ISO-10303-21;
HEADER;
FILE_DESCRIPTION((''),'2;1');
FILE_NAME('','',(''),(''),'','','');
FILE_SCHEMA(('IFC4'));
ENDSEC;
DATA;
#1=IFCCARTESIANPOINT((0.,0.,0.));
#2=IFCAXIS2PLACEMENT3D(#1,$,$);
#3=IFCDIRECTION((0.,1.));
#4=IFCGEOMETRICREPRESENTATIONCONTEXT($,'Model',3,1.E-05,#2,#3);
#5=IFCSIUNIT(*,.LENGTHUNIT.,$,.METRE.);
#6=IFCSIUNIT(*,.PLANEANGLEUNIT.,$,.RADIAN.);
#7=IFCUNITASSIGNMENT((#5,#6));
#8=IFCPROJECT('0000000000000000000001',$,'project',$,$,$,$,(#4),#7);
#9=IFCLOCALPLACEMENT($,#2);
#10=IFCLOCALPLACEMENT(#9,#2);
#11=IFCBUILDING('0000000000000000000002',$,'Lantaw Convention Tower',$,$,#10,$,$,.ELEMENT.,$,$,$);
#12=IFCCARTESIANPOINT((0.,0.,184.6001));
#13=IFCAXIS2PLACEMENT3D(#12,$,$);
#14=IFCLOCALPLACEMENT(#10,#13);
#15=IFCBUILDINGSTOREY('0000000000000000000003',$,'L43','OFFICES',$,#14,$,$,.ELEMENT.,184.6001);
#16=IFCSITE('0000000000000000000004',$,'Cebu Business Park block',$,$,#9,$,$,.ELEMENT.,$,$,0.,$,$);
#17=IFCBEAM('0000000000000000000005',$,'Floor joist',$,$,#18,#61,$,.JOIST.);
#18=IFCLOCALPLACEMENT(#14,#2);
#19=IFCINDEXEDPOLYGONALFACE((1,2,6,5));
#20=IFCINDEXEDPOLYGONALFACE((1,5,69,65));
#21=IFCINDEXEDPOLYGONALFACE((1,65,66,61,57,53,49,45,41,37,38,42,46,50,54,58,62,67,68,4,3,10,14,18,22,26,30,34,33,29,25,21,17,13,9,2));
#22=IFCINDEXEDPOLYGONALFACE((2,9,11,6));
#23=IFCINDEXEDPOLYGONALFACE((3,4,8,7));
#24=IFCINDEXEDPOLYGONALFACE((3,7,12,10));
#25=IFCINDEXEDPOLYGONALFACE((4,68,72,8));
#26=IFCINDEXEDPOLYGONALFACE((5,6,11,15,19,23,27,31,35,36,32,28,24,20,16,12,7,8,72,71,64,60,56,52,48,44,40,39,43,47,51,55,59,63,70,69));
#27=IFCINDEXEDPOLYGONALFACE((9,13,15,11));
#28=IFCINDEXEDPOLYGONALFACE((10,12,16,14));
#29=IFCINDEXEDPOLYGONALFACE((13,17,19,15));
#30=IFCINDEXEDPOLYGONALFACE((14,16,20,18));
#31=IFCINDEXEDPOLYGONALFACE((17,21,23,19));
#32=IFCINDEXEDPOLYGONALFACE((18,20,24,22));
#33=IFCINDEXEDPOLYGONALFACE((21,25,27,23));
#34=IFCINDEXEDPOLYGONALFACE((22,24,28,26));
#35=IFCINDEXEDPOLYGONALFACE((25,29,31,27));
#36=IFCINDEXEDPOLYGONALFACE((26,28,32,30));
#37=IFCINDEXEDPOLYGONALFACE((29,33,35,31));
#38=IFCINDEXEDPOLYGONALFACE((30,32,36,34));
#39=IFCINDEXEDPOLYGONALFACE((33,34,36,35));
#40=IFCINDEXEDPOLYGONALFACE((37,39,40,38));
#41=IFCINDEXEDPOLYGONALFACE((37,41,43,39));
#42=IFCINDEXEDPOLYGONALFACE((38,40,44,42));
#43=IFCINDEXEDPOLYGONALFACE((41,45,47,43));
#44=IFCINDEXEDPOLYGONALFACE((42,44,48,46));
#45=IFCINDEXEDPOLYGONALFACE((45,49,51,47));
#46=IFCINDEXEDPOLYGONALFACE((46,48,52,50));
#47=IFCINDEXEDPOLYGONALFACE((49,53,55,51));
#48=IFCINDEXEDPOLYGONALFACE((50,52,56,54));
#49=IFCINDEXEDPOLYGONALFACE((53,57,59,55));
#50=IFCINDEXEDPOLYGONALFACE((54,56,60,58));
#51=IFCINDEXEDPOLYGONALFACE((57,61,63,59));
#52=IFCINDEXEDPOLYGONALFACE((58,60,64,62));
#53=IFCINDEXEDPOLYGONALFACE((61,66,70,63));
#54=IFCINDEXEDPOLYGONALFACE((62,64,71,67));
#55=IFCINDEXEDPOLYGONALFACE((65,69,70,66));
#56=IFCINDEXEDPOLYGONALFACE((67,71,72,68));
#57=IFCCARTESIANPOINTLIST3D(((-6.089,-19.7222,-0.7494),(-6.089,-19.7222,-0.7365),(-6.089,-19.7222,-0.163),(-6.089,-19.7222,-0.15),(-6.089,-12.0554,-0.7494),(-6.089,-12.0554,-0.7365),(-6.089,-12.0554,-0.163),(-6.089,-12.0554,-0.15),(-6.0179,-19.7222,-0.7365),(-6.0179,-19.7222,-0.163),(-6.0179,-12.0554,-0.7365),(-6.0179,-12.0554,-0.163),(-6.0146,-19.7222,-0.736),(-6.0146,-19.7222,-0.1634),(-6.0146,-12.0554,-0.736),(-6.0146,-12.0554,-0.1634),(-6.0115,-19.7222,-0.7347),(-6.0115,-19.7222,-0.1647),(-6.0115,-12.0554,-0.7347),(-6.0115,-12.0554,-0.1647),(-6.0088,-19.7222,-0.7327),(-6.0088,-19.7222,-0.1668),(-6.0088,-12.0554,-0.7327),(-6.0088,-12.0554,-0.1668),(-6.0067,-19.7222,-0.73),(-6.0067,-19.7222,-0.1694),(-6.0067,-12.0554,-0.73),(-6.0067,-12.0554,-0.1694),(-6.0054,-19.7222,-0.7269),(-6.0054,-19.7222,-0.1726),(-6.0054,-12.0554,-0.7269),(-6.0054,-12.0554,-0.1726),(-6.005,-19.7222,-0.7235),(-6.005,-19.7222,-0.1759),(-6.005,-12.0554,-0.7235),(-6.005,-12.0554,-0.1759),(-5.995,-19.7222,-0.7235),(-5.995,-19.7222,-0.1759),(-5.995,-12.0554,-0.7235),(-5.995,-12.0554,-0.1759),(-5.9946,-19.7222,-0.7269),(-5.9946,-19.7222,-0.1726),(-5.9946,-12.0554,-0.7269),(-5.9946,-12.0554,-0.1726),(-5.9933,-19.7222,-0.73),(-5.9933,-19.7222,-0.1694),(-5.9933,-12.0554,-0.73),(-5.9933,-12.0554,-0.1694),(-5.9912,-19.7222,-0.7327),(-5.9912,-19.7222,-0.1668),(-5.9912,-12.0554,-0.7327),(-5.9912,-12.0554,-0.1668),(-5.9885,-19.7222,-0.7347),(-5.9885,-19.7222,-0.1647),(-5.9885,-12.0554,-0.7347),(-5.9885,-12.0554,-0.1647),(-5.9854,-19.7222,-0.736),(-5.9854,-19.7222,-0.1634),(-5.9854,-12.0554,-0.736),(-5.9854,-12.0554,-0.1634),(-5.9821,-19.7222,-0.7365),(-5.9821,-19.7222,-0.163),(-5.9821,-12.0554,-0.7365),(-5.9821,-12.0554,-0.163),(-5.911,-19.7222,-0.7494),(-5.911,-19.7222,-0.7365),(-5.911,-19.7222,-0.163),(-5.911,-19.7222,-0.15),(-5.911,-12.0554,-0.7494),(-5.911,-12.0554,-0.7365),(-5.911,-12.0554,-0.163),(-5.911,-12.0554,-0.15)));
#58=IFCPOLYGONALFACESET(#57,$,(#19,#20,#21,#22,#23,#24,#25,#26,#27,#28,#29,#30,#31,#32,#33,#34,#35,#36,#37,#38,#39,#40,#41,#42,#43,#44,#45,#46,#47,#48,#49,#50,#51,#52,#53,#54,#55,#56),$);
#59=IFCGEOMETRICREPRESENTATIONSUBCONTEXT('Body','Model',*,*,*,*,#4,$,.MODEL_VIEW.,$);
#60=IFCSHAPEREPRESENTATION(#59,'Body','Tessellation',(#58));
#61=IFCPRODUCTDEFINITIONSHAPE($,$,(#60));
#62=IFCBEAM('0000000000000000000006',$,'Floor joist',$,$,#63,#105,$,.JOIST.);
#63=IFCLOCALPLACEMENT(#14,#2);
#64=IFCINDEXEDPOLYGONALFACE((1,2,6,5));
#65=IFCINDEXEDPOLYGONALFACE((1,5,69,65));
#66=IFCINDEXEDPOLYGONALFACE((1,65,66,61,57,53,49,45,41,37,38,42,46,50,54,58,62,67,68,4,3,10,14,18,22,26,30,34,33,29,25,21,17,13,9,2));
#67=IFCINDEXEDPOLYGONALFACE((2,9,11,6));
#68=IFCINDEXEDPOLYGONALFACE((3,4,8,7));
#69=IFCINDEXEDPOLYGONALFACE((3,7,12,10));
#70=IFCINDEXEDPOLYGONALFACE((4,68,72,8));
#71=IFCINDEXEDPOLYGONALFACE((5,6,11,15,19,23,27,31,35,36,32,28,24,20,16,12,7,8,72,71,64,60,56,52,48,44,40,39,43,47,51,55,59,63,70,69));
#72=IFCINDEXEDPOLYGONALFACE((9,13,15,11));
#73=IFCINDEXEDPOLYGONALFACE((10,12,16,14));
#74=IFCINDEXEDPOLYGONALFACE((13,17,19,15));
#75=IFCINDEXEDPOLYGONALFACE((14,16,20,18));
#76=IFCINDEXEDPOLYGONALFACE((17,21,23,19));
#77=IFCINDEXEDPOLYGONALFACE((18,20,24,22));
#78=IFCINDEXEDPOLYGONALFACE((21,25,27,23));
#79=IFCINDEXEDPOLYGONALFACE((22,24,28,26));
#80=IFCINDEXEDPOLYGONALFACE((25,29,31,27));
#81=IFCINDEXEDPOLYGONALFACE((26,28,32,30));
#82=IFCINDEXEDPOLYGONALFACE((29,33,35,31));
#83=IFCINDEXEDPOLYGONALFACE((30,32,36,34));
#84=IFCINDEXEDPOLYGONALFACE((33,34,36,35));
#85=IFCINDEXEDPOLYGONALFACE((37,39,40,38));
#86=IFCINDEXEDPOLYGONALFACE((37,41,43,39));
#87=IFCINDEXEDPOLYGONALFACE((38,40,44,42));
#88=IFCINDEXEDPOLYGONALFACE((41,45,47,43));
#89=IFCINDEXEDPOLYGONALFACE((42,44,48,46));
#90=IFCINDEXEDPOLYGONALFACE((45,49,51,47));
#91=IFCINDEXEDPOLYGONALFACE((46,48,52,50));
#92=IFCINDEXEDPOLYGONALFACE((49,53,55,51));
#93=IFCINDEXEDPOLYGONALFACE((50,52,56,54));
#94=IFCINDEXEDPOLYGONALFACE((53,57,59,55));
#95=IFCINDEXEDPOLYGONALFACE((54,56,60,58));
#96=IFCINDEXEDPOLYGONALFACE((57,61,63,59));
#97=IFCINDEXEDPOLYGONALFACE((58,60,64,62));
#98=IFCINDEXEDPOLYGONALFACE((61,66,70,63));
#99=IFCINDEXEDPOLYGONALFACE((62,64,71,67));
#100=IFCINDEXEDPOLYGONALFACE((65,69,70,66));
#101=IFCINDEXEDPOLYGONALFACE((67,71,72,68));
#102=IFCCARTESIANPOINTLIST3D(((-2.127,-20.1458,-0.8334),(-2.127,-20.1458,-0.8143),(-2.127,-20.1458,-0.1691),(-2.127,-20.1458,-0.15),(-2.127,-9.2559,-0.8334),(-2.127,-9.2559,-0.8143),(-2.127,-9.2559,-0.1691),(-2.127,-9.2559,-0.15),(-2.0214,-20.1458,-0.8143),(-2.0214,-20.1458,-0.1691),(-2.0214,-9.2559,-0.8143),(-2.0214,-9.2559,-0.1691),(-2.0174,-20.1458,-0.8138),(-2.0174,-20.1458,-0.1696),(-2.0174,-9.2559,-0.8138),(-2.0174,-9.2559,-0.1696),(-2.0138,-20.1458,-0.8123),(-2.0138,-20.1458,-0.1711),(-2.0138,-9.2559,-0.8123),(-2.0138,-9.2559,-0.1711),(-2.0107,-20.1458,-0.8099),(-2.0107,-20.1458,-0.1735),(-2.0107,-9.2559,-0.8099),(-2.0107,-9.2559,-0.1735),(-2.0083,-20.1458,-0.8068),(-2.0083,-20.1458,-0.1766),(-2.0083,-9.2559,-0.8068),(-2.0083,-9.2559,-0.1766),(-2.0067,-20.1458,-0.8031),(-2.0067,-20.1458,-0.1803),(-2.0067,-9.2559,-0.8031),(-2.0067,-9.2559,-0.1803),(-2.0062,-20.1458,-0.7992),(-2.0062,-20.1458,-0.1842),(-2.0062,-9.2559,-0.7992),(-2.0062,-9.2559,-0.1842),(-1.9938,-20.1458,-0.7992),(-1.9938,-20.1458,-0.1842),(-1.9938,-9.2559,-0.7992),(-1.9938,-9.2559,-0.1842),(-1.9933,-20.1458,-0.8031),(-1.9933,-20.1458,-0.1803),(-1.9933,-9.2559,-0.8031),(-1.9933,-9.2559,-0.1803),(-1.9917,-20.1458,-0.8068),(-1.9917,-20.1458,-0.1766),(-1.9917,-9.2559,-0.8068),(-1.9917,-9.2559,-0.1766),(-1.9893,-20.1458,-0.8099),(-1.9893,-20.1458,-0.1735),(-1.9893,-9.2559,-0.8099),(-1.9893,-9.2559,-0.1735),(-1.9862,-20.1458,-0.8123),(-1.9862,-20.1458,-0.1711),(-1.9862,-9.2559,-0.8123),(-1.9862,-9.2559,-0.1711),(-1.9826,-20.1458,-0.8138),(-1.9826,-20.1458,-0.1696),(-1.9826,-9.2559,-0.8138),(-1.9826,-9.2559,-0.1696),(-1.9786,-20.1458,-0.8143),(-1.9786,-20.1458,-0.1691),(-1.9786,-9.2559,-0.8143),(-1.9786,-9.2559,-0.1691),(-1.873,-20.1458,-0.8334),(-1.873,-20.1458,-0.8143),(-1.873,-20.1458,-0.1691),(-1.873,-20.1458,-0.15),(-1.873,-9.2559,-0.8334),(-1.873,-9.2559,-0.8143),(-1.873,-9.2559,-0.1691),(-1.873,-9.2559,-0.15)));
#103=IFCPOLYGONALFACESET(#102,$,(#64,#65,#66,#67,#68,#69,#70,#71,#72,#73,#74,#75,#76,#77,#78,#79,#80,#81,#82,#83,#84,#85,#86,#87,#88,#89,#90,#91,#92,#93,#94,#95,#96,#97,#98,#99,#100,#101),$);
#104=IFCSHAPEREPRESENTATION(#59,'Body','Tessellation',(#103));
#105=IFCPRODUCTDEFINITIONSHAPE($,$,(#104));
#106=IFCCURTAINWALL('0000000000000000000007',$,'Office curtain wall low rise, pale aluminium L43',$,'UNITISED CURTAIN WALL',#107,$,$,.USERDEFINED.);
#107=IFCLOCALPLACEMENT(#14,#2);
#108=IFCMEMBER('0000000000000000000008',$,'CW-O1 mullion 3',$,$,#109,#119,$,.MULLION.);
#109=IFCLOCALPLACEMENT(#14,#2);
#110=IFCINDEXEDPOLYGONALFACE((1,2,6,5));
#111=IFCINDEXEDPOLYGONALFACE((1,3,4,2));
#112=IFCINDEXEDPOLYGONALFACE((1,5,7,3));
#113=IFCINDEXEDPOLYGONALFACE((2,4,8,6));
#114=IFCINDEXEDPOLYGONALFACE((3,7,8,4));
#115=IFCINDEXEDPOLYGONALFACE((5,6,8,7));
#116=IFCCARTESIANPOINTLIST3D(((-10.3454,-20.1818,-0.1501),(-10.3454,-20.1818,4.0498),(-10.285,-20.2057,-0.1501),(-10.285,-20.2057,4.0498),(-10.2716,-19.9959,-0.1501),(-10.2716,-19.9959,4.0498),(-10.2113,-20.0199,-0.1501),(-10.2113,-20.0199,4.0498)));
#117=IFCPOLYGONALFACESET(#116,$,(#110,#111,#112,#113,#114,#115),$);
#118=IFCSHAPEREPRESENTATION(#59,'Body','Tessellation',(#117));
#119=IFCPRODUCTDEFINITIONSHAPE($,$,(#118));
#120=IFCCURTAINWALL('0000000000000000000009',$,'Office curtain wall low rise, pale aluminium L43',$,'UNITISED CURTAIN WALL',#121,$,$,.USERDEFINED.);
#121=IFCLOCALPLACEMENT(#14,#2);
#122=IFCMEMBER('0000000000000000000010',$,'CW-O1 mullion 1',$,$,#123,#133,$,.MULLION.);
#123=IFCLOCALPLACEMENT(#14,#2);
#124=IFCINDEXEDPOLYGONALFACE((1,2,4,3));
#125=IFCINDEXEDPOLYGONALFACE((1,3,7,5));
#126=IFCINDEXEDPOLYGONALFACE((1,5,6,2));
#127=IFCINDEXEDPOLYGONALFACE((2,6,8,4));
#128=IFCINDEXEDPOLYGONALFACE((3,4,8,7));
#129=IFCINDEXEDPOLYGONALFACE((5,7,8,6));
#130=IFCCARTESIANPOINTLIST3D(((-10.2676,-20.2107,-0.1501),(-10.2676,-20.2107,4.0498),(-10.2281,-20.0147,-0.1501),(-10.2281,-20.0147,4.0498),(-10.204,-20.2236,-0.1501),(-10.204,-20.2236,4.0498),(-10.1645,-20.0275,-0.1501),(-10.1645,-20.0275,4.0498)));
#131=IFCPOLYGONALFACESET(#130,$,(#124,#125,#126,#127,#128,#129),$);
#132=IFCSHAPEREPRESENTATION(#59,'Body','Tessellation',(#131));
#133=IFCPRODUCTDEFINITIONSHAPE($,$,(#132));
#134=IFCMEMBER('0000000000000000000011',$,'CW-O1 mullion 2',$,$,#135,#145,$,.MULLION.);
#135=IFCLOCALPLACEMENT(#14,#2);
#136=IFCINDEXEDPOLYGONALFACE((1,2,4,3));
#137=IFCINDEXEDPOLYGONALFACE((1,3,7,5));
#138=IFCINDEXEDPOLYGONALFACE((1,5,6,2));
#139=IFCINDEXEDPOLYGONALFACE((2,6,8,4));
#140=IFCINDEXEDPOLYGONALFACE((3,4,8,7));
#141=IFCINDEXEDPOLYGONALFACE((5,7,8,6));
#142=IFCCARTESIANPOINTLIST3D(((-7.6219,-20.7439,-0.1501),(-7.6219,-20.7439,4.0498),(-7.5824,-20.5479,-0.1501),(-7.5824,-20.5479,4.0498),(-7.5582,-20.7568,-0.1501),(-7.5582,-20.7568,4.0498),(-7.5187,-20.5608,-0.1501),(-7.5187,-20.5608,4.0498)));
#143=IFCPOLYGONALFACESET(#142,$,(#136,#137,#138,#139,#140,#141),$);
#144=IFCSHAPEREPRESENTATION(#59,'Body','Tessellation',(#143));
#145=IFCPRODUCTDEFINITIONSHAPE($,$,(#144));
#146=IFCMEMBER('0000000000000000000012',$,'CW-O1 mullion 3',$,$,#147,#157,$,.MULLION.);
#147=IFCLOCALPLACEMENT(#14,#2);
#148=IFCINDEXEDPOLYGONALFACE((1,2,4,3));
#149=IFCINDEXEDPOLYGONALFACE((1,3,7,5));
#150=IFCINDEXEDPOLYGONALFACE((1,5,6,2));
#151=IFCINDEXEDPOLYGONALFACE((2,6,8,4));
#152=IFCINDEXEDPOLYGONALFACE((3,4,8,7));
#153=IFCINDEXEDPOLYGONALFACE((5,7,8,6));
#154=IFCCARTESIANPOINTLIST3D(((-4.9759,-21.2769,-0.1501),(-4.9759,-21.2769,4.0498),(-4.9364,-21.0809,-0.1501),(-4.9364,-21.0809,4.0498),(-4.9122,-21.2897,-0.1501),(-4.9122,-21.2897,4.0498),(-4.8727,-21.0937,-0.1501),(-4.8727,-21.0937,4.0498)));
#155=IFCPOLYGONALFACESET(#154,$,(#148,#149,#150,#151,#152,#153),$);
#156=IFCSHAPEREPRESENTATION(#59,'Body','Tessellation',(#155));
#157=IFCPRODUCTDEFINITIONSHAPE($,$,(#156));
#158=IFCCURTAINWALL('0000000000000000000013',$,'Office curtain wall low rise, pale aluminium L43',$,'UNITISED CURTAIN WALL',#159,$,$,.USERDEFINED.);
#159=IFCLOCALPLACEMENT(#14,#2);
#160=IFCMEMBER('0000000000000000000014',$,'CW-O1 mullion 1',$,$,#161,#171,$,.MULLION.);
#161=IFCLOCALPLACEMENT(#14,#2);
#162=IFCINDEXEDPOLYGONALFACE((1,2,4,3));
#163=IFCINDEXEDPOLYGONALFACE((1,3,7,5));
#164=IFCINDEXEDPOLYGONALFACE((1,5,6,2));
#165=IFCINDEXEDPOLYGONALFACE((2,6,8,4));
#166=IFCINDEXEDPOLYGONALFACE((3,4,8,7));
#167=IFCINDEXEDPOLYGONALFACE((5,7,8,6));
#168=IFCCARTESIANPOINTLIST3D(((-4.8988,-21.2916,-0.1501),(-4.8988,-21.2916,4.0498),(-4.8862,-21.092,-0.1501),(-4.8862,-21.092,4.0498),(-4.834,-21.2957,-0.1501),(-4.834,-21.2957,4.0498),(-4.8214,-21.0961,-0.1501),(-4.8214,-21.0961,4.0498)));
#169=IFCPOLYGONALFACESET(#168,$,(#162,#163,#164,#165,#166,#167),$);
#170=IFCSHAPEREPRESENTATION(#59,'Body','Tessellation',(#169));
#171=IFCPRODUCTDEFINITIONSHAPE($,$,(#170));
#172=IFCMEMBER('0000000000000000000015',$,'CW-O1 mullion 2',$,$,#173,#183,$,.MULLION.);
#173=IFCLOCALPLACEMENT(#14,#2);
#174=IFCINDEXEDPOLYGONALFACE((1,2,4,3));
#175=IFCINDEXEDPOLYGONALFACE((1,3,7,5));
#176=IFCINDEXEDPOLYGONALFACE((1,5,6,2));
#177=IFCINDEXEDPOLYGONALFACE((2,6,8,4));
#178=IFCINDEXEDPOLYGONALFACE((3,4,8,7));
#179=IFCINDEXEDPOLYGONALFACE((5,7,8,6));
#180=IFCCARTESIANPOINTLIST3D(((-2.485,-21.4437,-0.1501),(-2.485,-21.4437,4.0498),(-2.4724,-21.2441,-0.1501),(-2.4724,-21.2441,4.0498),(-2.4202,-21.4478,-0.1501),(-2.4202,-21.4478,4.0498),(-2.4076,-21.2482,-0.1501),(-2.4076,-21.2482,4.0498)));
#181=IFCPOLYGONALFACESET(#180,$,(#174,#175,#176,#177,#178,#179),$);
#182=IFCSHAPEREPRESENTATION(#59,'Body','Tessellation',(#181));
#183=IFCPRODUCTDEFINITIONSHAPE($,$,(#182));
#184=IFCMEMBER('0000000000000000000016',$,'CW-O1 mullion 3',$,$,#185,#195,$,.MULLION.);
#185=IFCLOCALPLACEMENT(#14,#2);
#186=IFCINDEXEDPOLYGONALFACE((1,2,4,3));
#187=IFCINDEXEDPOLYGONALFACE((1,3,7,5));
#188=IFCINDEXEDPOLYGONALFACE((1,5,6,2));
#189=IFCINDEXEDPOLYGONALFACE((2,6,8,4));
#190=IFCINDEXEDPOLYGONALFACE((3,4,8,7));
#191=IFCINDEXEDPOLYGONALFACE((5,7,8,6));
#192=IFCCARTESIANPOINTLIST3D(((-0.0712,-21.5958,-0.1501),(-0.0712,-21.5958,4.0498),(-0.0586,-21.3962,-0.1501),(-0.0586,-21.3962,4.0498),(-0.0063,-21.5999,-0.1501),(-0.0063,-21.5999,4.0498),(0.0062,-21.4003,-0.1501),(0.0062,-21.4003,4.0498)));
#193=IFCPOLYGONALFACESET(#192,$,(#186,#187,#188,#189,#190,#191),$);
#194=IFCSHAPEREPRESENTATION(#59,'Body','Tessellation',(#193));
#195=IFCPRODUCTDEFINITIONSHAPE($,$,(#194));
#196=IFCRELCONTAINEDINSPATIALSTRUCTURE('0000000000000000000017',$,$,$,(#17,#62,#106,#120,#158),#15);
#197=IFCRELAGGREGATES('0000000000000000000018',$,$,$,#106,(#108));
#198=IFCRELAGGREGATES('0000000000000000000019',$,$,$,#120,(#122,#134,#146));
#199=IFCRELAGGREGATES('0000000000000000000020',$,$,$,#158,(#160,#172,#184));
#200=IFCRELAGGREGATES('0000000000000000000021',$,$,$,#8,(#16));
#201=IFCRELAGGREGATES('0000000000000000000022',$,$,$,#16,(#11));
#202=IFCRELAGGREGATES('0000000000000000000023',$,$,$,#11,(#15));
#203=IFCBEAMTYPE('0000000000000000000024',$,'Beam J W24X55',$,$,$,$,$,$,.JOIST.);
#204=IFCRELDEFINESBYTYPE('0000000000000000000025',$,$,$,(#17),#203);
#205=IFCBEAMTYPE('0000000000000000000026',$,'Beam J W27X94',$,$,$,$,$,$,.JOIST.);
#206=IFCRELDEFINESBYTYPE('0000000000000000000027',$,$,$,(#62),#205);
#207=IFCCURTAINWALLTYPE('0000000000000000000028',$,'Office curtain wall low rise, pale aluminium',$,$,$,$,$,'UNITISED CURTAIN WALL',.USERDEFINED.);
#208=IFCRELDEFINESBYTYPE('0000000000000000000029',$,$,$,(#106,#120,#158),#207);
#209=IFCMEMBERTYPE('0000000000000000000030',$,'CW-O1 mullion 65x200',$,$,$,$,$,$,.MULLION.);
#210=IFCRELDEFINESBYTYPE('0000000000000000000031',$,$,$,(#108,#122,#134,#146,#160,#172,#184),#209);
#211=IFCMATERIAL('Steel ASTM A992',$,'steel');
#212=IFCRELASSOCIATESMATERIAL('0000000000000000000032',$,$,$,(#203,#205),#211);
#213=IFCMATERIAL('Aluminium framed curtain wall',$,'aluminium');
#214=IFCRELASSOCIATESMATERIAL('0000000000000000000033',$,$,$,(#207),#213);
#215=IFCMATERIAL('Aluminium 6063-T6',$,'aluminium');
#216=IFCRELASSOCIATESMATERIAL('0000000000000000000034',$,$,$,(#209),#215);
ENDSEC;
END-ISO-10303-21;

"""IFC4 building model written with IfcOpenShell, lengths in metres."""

from ifc_helpers import new_model, si_unit, direction, frame, origin, origin_2d, place, context, subcontext, project, spatial, rectangle, i_section, extrude, material, material_profile, profile_set, type_object, element, aggregate, save


model = new_model("IFC4")

# Units and contexts
model_context = context("Model", 3, precision=1e-05, world=origin(), true_north=direction((0.0, 1.0)))
body_context = subcontext(model_context, "Body", "Model", "MODEL_VIEW")
ifc_project = project(units=[si_unit("LENGTHUNIT", "METRE"), si_unit("PLANEANGLEUNIT", "RADIAN")], contexts=[model_context])

# Site, building, storey
site_placement = place(None, origin())
site = spatial("IfcSite", under=ifc_project, at=site_placement, Name="Cebu Business Park block", CompositionType="ELEMENT", RefElevation=0.0)
building_placement = place(site_placement, origin())
building = spatial("IfcBuilding", under=site, at=building_placement, Name="Lantaw Convention Tower", CompositionType="ELEMENT")
storey_placement = place(building_placement, frame((0.0, 0.0, 184.6001)))
storey = spatial("IfcBuildingStorey", under=building, at=storey_placement, Name="L43", Description="OFFICES", CompositionType="ELEMENT", Elevation=184.6001)

# Beams
ifc_material_1 = material(Name="Steel ASTM A992", Category="steel")
ifc_material_profile_1 = material_profile(ifc_material_1, i_section(OverallWidth=0.178, OverallDepth=0.5994, WebThickness=0.01, FlangeThickness=0.0129, FilletRadius=0.0129, at=origin_2d()), Name="W24X55")
ifc_profile_set_1 = profile_set([ifc_material_profile_1], Name="Steel ASTM A992")
beam_type_1 = type_object("IfcBeamType", Name="Beam J W24X55", PredefinedType="JOIST", material=ifc_profile_set_1)
beam_1_placement = place(storey_placement, frame((-6.0, -19.7222, -0.4497), z_axis=(0.0, 1.0, 0.0), x_axis=(-1.0, 0.0, 0.0)))
element("IfcBeam", 1, at=beam_1_placement, inside=storey, type_object=beam_type_1, Name="Floor joist", PredefinedType="JOIST", context=body_context, shape_type="SweptSolid", body=[
    extrude(i_section(OverallWidth=0.178, OverallDepth=0.5994, WebThickness=0.01, FlangeThickness=0.0129, FilletRadius=0.0129, at=origin_2d()), origin(), (0.0, 0.0, 1.0), 7.6667),
])
ifc_material_profile_2 = material_profile(ifc_material_1, i_section(OverallWidth=0.2539, OverallDepth=0.6833, WebThickness=0.0125, FlangeThickness=0.019, FilletRadius=0.0151, at=origin_2d()), Name="W27X94")
ifc_profile_set_2 = profile_set([ifc_material_profile_2], Name="Steel ASTM A992")
beam_type_2 = type_object("IfcBeamType", Name="Beam J W27X94", PredefinedType="JOIST", material=ifc_profile_set_2)
beam_2_placement = place(storey_placement, frame((-2.0, -20.1458, -0.4917), z_axis=(0.0, 1.0, 0.0), x_axis=(-1.0, 0.0, 0.0)))
element("IfcBeam", 2, at=beam_2_placement, inside=storey, type_object=beam_type_2, Name="Floor joist", PredefinedType="JOIST", context=body_context, shape_type="SweptSolid", body=[
    extrude(i_section(OverallWidth=0.2539, OverallDepth=0.6833, WebThickness=0.0125, FlangeThickness=0.019, FilletRadius=0.0151, at=origin_2d()), origin(), (0.0, 0.0, 1.0), 10.8899),
])

# Curtain wall, member
ifc_material_2 = material(Name="Aluminium framed curtain wall", Category="aluminium")
curtain_wall_type = type_object("IfcCurtainWallType", Name="Office curtain wall low rise, pale aluminium", ElementType="UNITISED CURTAIN WALL", PredefinedType="USERDEFINED", material=ifc_material_2)
curtain_wall_1_placement = place(storey_placement, origin())
curtain_wall_1 = element("IfcCurtainWall", 3, at=curtain_wall_1_placement, inside=storey, type_object=curtain_wall_type, Name="Office curtain wall low rise, pale aluminium L43", ObjectType="UNITISED CURTAIN WALL", PredefinedType="USERDEFINED")
ifc_material_3 = material(Name="Aluminium 6063-T6", Category="aluminium")
ifc_material_profile_3 = material_profile(ifc_material_3, rectangle(XDim=0.2, YDim=0.0649, at=origin_2d()), Name="CW-O1 mullion 65x200")
ifc_profile_set_3 = profile_set([ifc_material_profile_3], Name="Aluminium 6063-T6")
member_type_1 = type_object("IfcMemberType", Name="CW-O1 mullion 65x200", PredefinedType="MULLION", material=ifc_profile_set_3)
member_1_placement = place(storey_placement, frame((-10.2783, -20.1008, -0.1501), z_axis=(0.0, 0.0, 1.0), x_axis=(0.368702, 0.929548, 0.0)))
member_1 = element("IfcMember", 4, at=member_1_placement, type_object=member_type_1, Name="CW-O1 mullion 3", PredefinedType="MULLION", context=body_context, shape_type="SweptSolid", body=[
    extrude(rectangle(XDim=0.2, YDim=0.0649, at=origin_2d()), origin(), (0.0, 0.0, 1.0), 4.2),
])

# Curtain walls, members
curtain_wall_2_placement = place(storey_placement, origin())
curtain_wall_2 = element("IfcCurtainWall", 5, at=curtain_wall_2_placement, inside=storey, type_object=curtain_wall_type, Name="Office curtain wall low rise, pale aluminium L43", ObjectType="UNITISED CURTAIN WALL", PredefinedType="USERDEFINED")
member_2_placement = place(storey_placement, frame((-10.2161, -20.1191, -0.1501), z_axis=(0.0, 0.0, 1.0), x_axis=(0.197507, 0.980302, 0.0)))
member_2 = element("IfcMember", 6, at=member_2_placement, type_object=member_type_1, Name="CW-O1 mullion 1", PredefinedType="MULLION", context=body_context, shape_type="SweptSolid", body=[
    extrude(rectangle(XDim=0.2, YDim=0.0649, at=origin_2d()), origin(), (0.0, 0.0, 1.0), 4.2),
])
member_3_placement = place(storey_placement, frame((-7.5703, -20.6523, -0.1501), z_axis=(0.0, 0.0, 1.0), x_axis=(0.197507, 0.980302, 0.0)))
member_3 = element("IfcMember", 7, at=member_3_placement, type_object=member_type_1, Name="CW-O1 mullion 2", PredefinedType="MULLION", context=body_context, shape_type="SweptSolid", body=[
    extrude(rectangle(XDim=0.2, YDim=0.0649, at=origin_2d()), origin(), (0.0, 0.0, 1.0), 4.2),
])
member_4_placement = place(storey_placement, frame((-4.9243, -21.1853, -0.1501), z_axis=(0.0, 0.0, 1.0), x_axis=(0.197507, 0.980302, 0.0)))
member_4 = element("IfcMember", 8, at=member_4_placement, type_object=member_type_1, Name="CW-O1 mullion 3", PredefinedType="MULLION", context=body_context, shape_type="SweptSolid", body=[
    extrude(rectangle(XDim=0.2, YDim=0.0649, at=origin_2d()), origin(), (0.0, 0.0, 1.0), 4.2),
])
curtain_wall_3_placement = place(storey_placement, origin())
curtain_wall_3 = element("IfcCurtainWall", 9, at=curtain_wall_3_placement, inside=storey, type_object=curtain_wall_type, Name="Office curtain wall low rise, pale aluminium L43", ObjectType="UNITISED CURTAIN WALL", PredefinedType="USERDEFINED")
member_5_placement = place(storey_placement, frame((-4.8601, -21.1938, -0.1501), z_axis=(0.0, 0.0, 1.0), x_axis=(0.062865, 0.998022, 0.0)))
member_5 = element("IfcMember", 10, at=member_5_placement, type_object=member_type_1, Name="CW-O1 mullion 1", PredefinedType="MULLION", context=body_context, shape_type="SweptSolid", body=[
    extrude(rectangle(XDim=0.2, YDim=0.0649, at=origin_2d()), origin(), (0.0, 0.0, 1.0), 4.2),
])
member_6_placement = place(storey_placement, frame((-2.4463, -21.3459, -0.1501), z_axis=(0.0, 0.0, 1.0), x_axis=(0.062865, 0.998022, 0.0)))
member_6 = element("IfcMember", 11, at=member_6_placement, type_object=member_type_1, Name="CW-O1 mullion 2", PredefinedType="MULLION", context=body_context, shape_type="SweptSolid", body=[
    extrude(rectangle(XDim=0.2, YDim=0.0649, at=origin_2d()), origin(), (0.0, 0.0, 1.0), 4.2),
])
member_7_placement = place(storey_placement, frame((-0.0325, -21.498, -0.1501), z_axis=(0.0, 0.0, 1.0), x_axis=(0.062865, 0.998022, 0.0)))
member_7 = element("IfcMember", 12, at=member_7_placement, type_object=member_type_1, Name="CW-O1 mullion 3", PredefinedType="MULLION", context=body_context, shape_type="SweptSolid", body=[
    extrude(rectangle(XDim=0.2, YDim=0.0649, at=origin_2d()), origin(), (0.0, 0.0, 1.0), 4.2),
])

aggregate(curtain_wall_1, [member_1])
aggregate(curtain_wall_2, [member_2, member_3, member_4])
aggregate(curtain_wall_3, [member_5, member_6, member_7])

save(model, "model.ifc")
